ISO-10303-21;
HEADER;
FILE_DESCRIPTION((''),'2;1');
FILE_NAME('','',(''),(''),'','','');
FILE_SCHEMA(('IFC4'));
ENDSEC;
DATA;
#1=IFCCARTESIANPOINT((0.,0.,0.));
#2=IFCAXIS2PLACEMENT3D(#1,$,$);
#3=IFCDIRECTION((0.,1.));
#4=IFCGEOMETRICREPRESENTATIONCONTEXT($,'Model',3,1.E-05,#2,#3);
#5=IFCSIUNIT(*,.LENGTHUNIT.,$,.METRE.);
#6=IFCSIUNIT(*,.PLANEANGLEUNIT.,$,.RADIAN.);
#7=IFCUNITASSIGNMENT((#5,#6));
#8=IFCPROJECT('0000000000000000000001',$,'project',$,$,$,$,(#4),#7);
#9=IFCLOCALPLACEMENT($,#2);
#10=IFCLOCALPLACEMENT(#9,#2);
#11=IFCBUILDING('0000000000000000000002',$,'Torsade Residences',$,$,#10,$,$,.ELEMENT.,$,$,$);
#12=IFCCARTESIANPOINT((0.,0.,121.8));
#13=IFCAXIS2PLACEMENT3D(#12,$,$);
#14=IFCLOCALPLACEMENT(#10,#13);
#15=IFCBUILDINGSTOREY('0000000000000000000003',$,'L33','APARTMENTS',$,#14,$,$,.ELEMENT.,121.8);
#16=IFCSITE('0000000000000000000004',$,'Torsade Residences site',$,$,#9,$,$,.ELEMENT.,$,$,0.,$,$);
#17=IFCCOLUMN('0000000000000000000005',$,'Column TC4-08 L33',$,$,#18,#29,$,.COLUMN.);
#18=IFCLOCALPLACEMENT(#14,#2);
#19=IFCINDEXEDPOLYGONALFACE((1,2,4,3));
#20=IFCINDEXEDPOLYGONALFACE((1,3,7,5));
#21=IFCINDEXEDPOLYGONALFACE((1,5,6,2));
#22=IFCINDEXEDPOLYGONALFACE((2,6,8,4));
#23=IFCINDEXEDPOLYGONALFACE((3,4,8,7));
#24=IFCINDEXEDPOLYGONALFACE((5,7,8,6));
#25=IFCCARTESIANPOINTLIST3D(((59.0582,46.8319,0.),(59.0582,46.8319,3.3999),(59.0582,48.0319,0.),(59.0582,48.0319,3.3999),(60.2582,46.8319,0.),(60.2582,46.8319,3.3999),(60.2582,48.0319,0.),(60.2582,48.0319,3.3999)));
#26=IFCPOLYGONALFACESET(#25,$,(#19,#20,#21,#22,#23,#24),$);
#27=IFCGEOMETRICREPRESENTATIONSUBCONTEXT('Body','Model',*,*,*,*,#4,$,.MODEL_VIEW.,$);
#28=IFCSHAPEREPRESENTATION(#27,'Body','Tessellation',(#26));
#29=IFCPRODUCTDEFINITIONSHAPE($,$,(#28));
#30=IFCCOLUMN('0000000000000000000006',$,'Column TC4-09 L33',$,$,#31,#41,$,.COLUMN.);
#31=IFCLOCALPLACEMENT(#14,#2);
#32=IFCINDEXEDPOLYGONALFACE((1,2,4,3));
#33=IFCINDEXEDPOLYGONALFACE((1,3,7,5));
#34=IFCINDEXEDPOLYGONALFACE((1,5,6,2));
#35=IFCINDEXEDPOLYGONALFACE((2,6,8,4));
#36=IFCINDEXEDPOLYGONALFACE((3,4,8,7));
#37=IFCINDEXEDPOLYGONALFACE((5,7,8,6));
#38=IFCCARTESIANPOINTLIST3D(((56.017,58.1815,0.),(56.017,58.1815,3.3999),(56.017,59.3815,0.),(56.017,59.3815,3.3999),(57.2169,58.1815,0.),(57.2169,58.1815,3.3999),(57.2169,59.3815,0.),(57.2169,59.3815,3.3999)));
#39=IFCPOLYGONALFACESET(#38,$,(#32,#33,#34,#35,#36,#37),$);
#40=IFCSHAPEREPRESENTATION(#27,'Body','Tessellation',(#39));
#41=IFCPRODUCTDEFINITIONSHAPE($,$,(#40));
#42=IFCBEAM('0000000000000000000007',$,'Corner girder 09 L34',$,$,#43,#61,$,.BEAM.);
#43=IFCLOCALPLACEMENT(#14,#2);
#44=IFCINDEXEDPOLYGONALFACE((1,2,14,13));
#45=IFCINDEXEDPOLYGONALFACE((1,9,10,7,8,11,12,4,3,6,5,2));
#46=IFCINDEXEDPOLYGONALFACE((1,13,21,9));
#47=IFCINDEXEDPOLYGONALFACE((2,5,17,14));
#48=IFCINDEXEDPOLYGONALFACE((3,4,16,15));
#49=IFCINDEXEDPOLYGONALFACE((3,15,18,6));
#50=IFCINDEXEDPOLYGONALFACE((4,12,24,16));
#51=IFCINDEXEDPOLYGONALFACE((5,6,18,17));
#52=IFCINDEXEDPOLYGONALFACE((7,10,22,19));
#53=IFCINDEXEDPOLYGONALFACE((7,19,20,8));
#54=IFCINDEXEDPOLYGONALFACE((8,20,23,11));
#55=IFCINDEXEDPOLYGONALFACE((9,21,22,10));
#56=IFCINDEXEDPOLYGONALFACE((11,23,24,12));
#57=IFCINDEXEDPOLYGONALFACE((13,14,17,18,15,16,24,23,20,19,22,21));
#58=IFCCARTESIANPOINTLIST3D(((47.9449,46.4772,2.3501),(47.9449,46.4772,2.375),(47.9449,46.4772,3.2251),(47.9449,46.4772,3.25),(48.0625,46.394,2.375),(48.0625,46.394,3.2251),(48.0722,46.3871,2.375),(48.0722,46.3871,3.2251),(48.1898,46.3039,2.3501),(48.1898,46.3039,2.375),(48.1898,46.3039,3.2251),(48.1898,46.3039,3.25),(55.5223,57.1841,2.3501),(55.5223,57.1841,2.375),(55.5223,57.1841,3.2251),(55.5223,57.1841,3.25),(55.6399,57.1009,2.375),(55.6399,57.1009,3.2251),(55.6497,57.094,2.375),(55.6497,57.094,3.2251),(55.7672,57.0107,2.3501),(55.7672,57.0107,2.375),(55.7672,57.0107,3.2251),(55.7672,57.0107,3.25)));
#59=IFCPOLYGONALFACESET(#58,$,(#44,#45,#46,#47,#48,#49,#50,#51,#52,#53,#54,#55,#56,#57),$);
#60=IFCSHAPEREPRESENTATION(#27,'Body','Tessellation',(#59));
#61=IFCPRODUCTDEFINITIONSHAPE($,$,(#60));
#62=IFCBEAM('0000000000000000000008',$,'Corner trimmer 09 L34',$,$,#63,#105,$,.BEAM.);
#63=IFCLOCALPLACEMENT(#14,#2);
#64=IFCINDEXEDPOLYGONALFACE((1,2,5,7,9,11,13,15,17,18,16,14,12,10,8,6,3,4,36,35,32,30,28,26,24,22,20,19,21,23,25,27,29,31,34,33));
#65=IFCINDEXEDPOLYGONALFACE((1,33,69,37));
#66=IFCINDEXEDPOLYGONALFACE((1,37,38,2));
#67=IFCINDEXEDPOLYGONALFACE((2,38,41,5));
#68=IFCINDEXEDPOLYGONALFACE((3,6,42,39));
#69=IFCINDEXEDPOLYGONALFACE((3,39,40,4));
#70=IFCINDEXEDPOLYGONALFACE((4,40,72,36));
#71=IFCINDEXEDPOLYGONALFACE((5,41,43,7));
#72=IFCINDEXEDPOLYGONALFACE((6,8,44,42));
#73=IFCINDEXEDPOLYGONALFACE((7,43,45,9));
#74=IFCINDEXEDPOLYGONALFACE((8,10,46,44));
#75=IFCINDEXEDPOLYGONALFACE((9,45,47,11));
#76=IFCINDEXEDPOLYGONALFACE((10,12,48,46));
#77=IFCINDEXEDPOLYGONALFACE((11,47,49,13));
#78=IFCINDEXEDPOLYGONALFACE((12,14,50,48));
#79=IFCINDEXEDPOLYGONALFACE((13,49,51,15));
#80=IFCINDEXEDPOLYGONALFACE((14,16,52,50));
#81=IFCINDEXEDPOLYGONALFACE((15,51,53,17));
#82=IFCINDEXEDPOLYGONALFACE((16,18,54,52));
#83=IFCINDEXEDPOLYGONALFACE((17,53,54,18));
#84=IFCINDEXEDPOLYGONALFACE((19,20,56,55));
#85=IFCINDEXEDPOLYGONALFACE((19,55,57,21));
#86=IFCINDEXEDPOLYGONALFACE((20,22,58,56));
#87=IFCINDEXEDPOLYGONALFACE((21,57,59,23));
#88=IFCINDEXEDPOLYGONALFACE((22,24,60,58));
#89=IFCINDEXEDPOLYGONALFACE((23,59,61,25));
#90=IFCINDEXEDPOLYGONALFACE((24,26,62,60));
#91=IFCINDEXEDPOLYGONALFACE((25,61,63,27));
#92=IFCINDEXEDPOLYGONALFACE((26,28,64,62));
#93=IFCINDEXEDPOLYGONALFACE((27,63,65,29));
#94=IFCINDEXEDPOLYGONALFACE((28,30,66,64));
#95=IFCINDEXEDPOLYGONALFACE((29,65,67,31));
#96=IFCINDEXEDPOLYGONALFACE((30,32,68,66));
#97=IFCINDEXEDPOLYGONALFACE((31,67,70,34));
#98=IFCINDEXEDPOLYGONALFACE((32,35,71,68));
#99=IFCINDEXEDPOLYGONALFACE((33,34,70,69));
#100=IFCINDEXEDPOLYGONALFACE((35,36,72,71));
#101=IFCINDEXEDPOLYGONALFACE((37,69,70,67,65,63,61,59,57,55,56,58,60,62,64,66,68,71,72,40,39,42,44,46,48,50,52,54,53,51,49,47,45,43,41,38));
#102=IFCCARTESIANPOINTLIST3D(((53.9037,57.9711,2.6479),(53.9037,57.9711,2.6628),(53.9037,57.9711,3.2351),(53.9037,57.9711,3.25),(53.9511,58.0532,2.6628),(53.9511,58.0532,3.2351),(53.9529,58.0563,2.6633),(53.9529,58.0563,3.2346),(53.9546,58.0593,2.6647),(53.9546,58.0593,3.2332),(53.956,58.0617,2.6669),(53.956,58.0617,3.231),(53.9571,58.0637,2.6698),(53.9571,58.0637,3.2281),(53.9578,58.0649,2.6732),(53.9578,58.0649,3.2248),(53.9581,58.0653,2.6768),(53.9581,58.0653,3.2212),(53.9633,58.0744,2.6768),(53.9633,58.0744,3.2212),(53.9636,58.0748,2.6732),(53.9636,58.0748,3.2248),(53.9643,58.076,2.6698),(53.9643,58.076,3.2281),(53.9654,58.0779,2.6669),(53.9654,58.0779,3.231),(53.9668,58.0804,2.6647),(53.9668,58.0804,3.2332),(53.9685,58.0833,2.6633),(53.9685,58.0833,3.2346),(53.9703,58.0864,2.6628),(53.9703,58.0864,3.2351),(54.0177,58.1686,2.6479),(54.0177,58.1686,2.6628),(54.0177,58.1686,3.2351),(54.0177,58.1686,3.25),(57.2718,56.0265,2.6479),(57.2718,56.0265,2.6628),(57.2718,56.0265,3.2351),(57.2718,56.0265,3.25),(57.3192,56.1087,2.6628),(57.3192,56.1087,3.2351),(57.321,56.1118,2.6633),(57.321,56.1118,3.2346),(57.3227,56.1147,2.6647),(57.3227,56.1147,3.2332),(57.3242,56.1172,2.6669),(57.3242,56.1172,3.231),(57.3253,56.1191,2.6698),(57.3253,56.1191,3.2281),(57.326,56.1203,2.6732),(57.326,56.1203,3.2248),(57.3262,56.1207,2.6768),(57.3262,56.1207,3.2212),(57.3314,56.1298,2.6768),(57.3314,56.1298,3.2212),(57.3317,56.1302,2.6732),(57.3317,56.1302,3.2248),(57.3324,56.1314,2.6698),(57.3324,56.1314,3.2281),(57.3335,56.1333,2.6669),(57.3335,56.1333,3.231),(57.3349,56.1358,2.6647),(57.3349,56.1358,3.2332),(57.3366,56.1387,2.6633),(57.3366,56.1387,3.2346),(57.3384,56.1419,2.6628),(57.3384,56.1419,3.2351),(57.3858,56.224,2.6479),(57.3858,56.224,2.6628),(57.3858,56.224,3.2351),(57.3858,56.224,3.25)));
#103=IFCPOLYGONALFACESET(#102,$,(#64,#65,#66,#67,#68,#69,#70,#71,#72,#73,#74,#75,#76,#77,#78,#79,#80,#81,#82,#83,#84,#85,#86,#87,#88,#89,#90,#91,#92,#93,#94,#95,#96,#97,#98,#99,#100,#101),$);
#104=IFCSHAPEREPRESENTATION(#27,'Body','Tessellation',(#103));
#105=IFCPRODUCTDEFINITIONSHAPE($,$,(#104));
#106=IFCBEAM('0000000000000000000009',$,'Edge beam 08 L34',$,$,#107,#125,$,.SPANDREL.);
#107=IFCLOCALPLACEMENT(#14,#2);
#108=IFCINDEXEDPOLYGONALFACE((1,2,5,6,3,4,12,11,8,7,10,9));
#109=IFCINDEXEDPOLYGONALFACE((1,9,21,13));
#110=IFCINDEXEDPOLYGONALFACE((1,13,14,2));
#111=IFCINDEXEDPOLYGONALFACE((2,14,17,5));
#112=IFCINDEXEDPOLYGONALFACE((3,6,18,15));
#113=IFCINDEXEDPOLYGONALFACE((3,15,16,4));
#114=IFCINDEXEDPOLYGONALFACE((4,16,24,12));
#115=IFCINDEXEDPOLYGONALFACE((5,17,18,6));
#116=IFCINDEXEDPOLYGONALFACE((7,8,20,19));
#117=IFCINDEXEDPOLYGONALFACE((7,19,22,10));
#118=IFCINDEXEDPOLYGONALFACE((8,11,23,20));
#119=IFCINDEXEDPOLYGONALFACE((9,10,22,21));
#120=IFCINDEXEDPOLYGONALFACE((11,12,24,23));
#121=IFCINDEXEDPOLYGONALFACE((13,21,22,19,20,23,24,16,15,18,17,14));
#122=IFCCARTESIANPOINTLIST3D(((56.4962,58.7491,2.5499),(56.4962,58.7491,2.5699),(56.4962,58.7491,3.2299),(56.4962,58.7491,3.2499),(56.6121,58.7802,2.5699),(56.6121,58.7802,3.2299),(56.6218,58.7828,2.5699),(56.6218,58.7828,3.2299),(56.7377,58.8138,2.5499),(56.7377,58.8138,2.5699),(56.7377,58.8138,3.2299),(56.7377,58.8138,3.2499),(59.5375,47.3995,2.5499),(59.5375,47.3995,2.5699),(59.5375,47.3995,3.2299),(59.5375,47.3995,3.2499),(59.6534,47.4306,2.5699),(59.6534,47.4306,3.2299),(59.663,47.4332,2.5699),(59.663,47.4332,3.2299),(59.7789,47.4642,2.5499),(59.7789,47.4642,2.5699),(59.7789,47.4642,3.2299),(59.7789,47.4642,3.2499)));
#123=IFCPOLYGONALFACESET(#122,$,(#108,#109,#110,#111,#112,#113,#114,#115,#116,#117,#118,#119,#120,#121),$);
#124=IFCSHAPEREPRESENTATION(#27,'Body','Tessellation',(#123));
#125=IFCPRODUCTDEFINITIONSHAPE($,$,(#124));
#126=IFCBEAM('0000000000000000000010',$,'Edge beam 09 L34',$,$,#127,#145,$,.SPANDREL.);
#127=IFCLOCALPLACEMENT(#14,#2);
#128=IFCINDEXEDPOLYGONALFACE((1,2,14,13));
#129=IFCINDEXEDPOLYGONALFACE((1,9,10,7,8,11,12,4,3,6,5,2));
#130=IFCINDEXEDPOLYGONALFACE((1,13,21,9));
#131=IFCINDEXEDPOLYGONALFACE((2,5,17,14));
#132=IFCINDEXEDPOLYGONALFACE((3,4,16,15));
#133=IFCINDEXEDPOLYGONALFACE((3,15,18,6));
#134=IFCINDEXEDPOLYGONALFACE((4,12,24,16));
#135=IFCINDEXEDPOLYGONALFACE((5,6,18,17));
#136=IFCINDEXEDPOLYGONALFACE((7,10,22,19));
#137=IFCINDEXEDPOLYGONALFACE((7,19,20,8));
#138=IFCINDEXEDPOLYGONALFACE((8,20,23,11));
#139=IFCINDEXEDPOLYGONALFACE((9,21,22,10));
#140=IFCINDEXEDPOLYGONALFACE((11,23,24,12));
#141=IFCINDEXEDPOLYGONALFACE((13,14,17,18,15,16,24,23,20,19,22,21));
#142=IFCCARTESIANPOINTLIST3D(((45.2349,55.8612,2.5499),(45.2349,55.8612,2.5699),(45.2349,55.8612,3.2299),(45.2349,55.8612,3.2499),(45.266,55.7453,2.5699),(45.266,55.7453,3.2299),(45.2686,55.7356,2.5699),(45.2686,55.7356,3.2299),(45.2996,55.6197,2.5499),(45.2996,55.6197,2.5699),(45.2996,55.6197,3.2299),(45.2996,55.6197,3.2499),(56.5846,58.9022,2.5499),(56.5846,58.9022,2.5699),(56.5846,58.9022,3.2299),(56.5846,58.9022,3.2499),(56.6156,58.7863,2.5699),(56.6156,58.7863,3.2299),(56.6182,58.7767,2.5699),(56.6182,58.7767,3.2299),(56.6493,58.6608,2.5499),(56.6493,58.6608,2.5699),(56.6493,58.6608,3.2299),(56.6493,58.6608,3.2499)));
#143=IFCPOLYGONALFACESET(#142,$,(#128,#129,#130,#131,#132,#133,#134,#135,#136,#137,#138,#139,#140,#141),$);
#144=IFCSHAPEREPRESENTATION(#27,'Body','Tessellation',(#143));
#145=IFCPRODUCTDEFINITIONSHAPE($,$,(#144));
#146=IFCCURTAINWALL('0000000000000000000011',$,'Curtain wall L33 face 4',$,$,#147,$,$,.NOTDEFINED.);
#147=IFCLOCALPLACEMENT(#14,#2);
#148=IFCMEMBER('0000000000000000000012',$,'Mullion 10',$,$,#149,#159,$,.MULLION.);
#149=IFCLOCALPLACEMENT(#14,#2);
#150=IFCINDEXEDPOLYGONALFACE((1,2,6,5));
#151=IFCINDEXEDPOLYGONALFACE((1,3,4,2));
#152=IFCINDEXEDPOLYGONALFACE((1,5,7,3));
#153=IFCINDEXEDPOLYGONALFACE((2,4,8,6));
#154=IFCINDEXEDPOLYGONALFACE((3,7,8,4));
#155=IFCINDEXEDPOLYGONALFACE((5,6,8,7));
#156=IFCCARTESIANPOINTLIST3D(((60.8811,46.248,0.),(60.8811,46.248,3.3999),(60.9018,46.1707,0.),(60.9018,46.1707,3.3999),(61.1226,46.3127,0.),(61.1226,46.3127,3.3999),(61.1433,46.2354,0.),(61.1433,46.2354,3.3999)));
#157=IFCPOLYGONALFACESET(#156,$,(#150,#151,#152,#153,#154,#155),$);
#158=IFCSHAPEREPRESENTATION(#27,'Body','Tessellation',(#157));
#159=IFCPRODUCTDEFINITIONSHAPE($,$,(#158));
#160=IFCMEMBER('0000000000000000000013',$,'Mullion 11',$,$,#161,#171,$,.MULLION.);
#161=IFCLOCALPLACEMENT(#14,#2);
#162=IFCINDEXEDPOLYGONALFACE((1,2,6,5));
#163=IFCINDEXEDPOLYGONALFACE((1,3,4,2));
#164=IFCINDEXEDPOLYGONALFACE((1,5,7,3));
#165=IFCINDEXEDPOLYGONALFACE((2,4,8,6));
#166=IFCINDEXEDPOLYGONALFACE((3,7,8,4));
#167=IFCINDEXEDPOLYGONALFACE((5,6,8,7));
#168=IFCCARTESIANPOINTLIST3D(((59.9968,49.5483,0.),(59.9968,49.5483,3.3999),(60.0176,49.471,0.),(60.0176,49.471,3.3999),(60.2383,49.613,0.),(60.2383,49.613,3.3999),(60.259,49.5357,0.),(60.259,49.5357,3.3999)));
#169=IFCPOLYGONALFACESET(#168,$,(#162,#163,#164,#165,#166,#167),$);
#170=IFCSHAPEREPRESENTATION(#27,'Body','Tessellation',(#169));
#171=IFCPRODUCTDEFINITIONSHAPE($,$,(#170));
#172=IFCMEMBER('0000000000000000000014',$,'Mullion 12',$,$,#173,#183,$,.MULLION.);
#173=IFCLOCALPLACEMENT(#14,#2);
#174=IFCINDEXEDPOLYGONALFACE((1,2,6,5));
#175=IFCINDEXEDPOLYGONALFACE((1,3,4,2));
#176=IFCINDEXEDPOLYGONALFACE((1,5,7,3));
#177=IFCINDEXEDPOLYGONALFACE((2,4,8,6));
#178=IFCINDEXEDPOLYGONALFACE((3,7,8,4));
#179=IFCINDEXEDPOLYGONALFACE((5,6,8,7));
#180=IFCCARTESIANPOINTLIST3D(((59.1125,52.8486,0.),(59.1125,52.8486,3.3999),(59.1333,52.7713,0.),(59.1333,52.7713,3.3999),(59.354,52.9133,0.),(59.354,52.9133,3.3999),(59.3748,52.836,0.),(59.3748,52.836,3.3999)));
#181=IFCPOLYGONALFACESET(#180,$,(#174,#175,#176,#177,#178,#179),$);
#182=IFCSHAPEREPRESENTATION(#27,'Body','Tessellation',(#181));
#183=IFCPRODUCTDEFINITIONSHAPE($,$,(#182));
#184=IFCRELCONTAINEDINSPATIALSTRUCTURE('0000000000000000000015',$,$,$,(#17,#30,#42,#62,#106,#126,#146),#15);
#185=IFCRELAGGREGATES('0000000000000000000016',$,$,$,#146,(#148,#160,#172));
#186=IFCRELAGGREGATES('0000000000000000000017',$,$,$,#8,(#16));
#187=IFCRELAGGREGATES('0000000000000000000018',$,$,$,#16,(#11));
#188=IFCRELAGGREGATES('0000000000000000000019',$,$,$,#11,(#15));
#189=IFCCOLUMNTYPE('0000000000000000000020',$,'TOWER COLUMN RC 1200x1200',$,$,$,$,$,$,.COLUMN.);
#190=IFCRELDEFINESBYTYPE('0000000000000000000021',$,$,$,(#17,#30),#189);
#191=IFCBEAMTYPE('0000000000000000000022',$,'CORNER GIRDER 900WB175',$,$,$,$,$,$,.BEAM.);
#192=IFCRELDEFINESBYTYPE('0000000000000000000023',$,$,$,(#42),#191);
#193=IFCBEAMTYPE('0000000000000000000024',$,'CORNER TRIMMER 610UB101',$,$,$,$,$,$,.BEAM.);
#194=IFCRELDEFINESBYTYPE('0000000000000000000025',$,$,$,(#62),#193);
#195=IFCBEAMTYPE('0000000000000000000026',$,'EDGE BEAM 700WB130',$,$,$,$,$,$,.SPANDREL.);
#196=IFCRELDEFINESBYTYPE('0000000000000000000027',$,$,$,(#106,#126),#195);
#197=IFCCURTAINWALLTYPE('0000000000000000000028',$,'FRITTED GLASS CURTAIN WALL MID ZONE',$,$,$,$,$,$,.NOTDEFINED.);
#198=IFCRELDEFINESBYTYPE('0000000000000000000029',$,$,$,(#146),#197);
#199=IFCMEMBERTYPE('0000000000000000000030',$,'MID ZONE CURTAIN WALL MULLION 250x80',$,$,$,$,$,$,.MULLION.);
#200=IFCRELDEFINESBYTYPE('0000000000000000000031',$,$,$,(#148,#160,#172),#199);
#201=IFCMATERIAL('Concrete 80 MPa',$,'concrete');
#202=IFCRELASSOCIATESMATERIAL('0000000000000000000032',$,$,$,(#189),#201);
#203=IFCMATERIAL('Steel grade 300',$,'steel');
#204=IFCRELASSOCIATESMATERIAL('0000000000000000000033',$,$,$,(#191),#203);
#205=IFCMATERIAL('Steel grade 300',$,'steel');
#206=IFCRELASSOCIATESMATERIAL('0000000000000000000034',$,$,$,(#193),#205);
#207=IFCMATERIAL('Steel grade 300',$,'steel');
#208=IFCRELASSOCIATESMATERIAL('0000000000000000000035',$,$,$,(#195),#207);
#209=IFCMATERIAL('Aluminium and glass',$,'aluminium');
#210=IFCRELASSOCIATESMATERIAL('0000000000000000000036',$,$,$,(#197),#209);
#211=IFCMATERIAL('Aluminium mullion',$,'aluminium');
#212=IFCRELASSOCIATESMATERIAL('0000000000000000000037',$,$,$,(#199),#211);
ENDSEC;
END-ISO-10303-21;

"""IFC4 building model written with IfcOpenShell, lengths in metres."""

from ifc_helpers import new_model, si_unit, direction, frame, origin, origin_2d, place, context, subcontext, project, spatial, rectangle, i_section, extrude, material, material_profile, profile_set, type_object, element, aggregate, save


model = new_model("IFC4")

# Units and contexts
model_context = context("Model", 3, precision=1e-05, world=origin(), true_north=direction((0.0, 1.0)))
body_context = subcontext(model_context, "Body", "Model", "MODEL_VIEW")
ifc_project = project(units=[si_unit("LENGTHUNIT", "METRE"), si_unit("PLANEANGLEUNIT", "RADIAN")], contexts=[model_context])

# Site, building, storey
site_placement = place(None, origin())
site = spatial("IfcSite", under=ifc_project, at=site_placement, Name="Torsade Residences site", CompositionType="ELEMENT", RefElevation=0.0)
building_placement = place(site_placement, origin())
building = spatial("IfcBuilding", under=site, at=building_placement, Name="Torsade Residences", CompositionType="ELEMENT")
storey_placement = place(building_placement, frame((0.0, 0.0, 121.8)))
storey = spatial("IfcBuildingStorey", under=building, at=storey_placement, Name="L33", Description="APARTMENTS", CompositionType="ELEMENT", Elevation=121.8)

# Columns
ifc_material_1 = material(Name="Concrete 80 MPa", Category="concrete")
ifc_material_profile_1 = material_profile(ifc_material_1, rectangle(XDim=1.2, YDim=1.2, at=origin_2d()), Name="RC 1200x1200")
ifc_profile_set_1 = profile_set([ifc_material_profile_1], Name="Concrete 80 MPa")
column_type = type_object("IfcColumnType", Name="TOWER COLUMN RC 1200x1200", PredefinedType="COLUMN", material=ifc_profile_set_1)
for number, where, z_axis, x_axis, name in (
    (1, (59.6582, 47.4319, 0.0), (0.0, 0.0, 1.0), (1.0, 0.0, 0.0), "Column TC4-08 L33"),
    (2, (56.6169, 58.7815, 0.0), (0.0, 0.0, 1.0), (1.0, 0.0, 0.0), "Column TC4-09 L33"),
):
    element("IfcColumn", number, at=place(storey_placement, frame(where, z_axis=z_axis, x_axis=x_axis)), inside=storey, type_object=column_type, Name=name, PredefinedType="COLUMN", context=body_context, shape_type="SweptSolid", body=[
        extrude(rectangle(XDim=1.2, YDim=1.2, at=origin_2d()), origin(), (0.0, 0.0, 1.0), 3.3999),
    ])

# Beams
ifc_material_2 = material(Name="Steel grade 300", Category="steel")
ifc_material_profile_2 = material_profile(ifc_material_2, i_section(OverallWidth=0.3, OverallDepth=0.8999, WebThickness=0.012, FlangeThickness=0.0249, at=origin_2d()), Name="900WB175")
ifc_profile_set_2 = profile_set([ifc_material_profile_2], Name="Steel grade 300")
beam_type_1 = type_object("IfcBeamType", Name="CORNER GIRDER 900WB175", PredefinedType="BEAM", material=ifc_profile_set_2)
beam_1_placement = place(storey_placement, frame((55.6448, 57.0974, 2.8), z_axis=(-0.577683, -0.816261, 0.0), x_axis=(0.816261, -0.577683, 0.0)))
element("IfcBeam", 3, at=beam_1_placement, inside=storey, type_object=beam_type_1, Name="Corner girder 09 L34", PredefinedType="BEAM", context=body_context, shape_type="SweptSolid", body=[
    extrude(i_section(OverallWidth=0.3, OverallDepth=0.8999, WebThickness=0.012, FlangeThickness=0.0249, at=origin_2d()), origin(), (0.0, 0.0, 1.0), 13.1169),
])
ifc_material_3 = material(Name="Steel grade 300", Category="steel")
ifc_material_profile_3 = material_profile(ifc_material_3, i_section(OverallWidth=0.228, OverallDepth=0.6021, WebThickness=0.0105, FlangeThickness=0.0149, FilletRadius=0.0139, at=origin_2d()), Name="610UB101")
ifc_profile_set_3 = profile_set([ifc_material_profile_3], Name="Steel grade 300")
beam_type_2 = type_object("IfcBeamType", Name="CORNER TRIMMER 610UB101", PredefinedType="BEAM", material=ifc_profile_set_3)
beam_2_placement = place(storey_placement, frame((53.9607, 58.0698, 2.949), z_axis=(0.866029, -0.499994, 0.0), x_axis=(0.499994, 0.866029, 0.0)))
element("IfcBeam", 4, at=beam_2_placement, inside=storey, type_object=beam_type_2, Name="Corner trimmer 09 L34", PredefinedType="BEAM", context=body_context, shape_type="SweptSolid", body=[
    extrude(i_section(OverallWidth=0.228, OverallDepth=0.6021, WebThickness=0.0105, FlangeThickness=0.0149, FilletRadius=0.0139, at=origin_2d()), origin(), (0.0, 0.0, 1.0), 3.8892),
])
ifc_material_4 = material(Name="Steel grade 300", Category="steel")
ifc_material_profile_4 = material_profile(ifc_material_4, i_section(OverallWidth=0.25, OverallDepth=0.7, WebThickness=0.01, FlangeThickness=0.02, at=origin_2d()), Name="700WB130")
ifc_profile_set_4 = profile_set([ifc_material_profile_4], Name="Steel grade 300")
beam_type_3 = type_object("IfcBeamType", Name="EDGE BEAM 700WB130", PredefinedType="SPANDREL", material=ifc_profile_set_4)
for number, where, z_axis, x_axis, name in (
    (5, (59.6582, 47.4319, 2.8999), (-0.25883, 0.965923, 0.0), (-0.965923, -0.25883, 0.0), "Edge beam 08 L34"),
    (6, (56.6169, 58.7815, 2.8999), (-0.965928, -0.258811, 0.0), (0.258811, -0.965928, 0.0), "Edge beam 09 L34"),
):
    element("IfcBeam", number, at=place(storey_placement, frame(where, z_axis=z_axis, x_axis=x_axis)), inside=storey, type_object=beam_type_3, Name=name, PredefinedType="SPANDREL", context=body_context, shape_type="SweptSolid", body=[
        extrude(i_section(OverallWidth=0.25, OverallDepth=0.7, WebThickness=0.01, FlangeThickness=0.02, at=origin_2d()), origin(), (0.0, 0.0, 1.0), 11.75),
    ])

# Curtain wall, members
ifc_material_5 = material(Name="Aluminium and glass", Category="aluminium")
curtain_wall_type = type_object("IfcCurtainWallType", Name="FRITTED GLASS CURTAIN WALL MID ZONE", PredefinedType="NOTDEFINED", material=ifc_material_5)
curtain_wall_1_placement = place(storey_placement, origin())
curtain_wall_1 = element("IfcCurtainWall", 7, at=curtain_wall_1_placement, inside=storey, type_object=curtain_wall_type, Name="Curtain wall L33 face 4", PredefinedType="NOTDEFINED")
ifc_material_6 = material(Name="Aluminium mullion", Category="aluminium")
ifc_material_profile_5 = material_profile(ifc_material_6, rectangle(XDim=0.25, YDim=0.0801, at=origin_2d()), Name="MID ZONE CURTAIN WALL MULLION 250x80")
ifc_profile_set_5 = profile_set([ifc_material_profile_5], Name="Aluminium mullion")
member_type_1 = type_object("IfcMemberType", Name="MID ZONE CURTAIN WALL MULLION 250x80", PredefinedType="MULLION", material=ifc_profile_set_5)
member_1_placement = place(storey_placement, frame((61.0122, 46.2417, 0.0), z_axis=(0.0, 0.0, 1.0), x_axis=(-0.965926, -0.258819, 0.0)))
member_1 = element("IfcMember", 8, at=member_1_placement, type_object=member_type_1, Name="Mullion 10", PredefinedType="MULLION", context=body_context, shape_type="SweptSolid", body=[
    extrude(rectangle(XDim=0.25, YDim=0.0801, at=origin_2d()), origin(), (0.0, 0.0, 1.0), 3.3999),
])
member_2_placement = place(storey_placement, frame((60.1279, 49.542, 0.0), z_axis=(0.0, 0.0, 1.0), x_axis=(-0.965926, -0.258819, 0.0)))
member_2 = element("IfcMember", 9, at=member_2_placement, type_object=member_type_1, Name="Mullion 11", PredefinedType="MULLION", context=body_context, shape_type="SweptSolid", body=[
    extrude(rectangle(XDim=0.25, YDim=0.0801, at=origin_2d()), origin(), (0.0, 0.0, 1.0), 3.3999),
])
member_3_placement = place(storey_placement, frame((59.2437, 52.8423, 0.0), z_axis=(0.0, 0.0, 1.0), x_axis=(-0.965926, -0.258819, 0.0)))
member_3 = element("IfcMember", 10, at=member_3_placement, type_object=member_type_1, Name="Mullion 12", PredefinedType="MULLION", context=body_context, shape_type="SweptSolid", body=[
    extrude(rectangle(XDim=0.25, YDim=0.0801, at=origin_2d()), origin(), (0.0, 0.0, 1.0), 3.3999),
])

aggregate(curtain_wall_1, [member_1, member_2, member_3])

save(model, "model.ifc")
